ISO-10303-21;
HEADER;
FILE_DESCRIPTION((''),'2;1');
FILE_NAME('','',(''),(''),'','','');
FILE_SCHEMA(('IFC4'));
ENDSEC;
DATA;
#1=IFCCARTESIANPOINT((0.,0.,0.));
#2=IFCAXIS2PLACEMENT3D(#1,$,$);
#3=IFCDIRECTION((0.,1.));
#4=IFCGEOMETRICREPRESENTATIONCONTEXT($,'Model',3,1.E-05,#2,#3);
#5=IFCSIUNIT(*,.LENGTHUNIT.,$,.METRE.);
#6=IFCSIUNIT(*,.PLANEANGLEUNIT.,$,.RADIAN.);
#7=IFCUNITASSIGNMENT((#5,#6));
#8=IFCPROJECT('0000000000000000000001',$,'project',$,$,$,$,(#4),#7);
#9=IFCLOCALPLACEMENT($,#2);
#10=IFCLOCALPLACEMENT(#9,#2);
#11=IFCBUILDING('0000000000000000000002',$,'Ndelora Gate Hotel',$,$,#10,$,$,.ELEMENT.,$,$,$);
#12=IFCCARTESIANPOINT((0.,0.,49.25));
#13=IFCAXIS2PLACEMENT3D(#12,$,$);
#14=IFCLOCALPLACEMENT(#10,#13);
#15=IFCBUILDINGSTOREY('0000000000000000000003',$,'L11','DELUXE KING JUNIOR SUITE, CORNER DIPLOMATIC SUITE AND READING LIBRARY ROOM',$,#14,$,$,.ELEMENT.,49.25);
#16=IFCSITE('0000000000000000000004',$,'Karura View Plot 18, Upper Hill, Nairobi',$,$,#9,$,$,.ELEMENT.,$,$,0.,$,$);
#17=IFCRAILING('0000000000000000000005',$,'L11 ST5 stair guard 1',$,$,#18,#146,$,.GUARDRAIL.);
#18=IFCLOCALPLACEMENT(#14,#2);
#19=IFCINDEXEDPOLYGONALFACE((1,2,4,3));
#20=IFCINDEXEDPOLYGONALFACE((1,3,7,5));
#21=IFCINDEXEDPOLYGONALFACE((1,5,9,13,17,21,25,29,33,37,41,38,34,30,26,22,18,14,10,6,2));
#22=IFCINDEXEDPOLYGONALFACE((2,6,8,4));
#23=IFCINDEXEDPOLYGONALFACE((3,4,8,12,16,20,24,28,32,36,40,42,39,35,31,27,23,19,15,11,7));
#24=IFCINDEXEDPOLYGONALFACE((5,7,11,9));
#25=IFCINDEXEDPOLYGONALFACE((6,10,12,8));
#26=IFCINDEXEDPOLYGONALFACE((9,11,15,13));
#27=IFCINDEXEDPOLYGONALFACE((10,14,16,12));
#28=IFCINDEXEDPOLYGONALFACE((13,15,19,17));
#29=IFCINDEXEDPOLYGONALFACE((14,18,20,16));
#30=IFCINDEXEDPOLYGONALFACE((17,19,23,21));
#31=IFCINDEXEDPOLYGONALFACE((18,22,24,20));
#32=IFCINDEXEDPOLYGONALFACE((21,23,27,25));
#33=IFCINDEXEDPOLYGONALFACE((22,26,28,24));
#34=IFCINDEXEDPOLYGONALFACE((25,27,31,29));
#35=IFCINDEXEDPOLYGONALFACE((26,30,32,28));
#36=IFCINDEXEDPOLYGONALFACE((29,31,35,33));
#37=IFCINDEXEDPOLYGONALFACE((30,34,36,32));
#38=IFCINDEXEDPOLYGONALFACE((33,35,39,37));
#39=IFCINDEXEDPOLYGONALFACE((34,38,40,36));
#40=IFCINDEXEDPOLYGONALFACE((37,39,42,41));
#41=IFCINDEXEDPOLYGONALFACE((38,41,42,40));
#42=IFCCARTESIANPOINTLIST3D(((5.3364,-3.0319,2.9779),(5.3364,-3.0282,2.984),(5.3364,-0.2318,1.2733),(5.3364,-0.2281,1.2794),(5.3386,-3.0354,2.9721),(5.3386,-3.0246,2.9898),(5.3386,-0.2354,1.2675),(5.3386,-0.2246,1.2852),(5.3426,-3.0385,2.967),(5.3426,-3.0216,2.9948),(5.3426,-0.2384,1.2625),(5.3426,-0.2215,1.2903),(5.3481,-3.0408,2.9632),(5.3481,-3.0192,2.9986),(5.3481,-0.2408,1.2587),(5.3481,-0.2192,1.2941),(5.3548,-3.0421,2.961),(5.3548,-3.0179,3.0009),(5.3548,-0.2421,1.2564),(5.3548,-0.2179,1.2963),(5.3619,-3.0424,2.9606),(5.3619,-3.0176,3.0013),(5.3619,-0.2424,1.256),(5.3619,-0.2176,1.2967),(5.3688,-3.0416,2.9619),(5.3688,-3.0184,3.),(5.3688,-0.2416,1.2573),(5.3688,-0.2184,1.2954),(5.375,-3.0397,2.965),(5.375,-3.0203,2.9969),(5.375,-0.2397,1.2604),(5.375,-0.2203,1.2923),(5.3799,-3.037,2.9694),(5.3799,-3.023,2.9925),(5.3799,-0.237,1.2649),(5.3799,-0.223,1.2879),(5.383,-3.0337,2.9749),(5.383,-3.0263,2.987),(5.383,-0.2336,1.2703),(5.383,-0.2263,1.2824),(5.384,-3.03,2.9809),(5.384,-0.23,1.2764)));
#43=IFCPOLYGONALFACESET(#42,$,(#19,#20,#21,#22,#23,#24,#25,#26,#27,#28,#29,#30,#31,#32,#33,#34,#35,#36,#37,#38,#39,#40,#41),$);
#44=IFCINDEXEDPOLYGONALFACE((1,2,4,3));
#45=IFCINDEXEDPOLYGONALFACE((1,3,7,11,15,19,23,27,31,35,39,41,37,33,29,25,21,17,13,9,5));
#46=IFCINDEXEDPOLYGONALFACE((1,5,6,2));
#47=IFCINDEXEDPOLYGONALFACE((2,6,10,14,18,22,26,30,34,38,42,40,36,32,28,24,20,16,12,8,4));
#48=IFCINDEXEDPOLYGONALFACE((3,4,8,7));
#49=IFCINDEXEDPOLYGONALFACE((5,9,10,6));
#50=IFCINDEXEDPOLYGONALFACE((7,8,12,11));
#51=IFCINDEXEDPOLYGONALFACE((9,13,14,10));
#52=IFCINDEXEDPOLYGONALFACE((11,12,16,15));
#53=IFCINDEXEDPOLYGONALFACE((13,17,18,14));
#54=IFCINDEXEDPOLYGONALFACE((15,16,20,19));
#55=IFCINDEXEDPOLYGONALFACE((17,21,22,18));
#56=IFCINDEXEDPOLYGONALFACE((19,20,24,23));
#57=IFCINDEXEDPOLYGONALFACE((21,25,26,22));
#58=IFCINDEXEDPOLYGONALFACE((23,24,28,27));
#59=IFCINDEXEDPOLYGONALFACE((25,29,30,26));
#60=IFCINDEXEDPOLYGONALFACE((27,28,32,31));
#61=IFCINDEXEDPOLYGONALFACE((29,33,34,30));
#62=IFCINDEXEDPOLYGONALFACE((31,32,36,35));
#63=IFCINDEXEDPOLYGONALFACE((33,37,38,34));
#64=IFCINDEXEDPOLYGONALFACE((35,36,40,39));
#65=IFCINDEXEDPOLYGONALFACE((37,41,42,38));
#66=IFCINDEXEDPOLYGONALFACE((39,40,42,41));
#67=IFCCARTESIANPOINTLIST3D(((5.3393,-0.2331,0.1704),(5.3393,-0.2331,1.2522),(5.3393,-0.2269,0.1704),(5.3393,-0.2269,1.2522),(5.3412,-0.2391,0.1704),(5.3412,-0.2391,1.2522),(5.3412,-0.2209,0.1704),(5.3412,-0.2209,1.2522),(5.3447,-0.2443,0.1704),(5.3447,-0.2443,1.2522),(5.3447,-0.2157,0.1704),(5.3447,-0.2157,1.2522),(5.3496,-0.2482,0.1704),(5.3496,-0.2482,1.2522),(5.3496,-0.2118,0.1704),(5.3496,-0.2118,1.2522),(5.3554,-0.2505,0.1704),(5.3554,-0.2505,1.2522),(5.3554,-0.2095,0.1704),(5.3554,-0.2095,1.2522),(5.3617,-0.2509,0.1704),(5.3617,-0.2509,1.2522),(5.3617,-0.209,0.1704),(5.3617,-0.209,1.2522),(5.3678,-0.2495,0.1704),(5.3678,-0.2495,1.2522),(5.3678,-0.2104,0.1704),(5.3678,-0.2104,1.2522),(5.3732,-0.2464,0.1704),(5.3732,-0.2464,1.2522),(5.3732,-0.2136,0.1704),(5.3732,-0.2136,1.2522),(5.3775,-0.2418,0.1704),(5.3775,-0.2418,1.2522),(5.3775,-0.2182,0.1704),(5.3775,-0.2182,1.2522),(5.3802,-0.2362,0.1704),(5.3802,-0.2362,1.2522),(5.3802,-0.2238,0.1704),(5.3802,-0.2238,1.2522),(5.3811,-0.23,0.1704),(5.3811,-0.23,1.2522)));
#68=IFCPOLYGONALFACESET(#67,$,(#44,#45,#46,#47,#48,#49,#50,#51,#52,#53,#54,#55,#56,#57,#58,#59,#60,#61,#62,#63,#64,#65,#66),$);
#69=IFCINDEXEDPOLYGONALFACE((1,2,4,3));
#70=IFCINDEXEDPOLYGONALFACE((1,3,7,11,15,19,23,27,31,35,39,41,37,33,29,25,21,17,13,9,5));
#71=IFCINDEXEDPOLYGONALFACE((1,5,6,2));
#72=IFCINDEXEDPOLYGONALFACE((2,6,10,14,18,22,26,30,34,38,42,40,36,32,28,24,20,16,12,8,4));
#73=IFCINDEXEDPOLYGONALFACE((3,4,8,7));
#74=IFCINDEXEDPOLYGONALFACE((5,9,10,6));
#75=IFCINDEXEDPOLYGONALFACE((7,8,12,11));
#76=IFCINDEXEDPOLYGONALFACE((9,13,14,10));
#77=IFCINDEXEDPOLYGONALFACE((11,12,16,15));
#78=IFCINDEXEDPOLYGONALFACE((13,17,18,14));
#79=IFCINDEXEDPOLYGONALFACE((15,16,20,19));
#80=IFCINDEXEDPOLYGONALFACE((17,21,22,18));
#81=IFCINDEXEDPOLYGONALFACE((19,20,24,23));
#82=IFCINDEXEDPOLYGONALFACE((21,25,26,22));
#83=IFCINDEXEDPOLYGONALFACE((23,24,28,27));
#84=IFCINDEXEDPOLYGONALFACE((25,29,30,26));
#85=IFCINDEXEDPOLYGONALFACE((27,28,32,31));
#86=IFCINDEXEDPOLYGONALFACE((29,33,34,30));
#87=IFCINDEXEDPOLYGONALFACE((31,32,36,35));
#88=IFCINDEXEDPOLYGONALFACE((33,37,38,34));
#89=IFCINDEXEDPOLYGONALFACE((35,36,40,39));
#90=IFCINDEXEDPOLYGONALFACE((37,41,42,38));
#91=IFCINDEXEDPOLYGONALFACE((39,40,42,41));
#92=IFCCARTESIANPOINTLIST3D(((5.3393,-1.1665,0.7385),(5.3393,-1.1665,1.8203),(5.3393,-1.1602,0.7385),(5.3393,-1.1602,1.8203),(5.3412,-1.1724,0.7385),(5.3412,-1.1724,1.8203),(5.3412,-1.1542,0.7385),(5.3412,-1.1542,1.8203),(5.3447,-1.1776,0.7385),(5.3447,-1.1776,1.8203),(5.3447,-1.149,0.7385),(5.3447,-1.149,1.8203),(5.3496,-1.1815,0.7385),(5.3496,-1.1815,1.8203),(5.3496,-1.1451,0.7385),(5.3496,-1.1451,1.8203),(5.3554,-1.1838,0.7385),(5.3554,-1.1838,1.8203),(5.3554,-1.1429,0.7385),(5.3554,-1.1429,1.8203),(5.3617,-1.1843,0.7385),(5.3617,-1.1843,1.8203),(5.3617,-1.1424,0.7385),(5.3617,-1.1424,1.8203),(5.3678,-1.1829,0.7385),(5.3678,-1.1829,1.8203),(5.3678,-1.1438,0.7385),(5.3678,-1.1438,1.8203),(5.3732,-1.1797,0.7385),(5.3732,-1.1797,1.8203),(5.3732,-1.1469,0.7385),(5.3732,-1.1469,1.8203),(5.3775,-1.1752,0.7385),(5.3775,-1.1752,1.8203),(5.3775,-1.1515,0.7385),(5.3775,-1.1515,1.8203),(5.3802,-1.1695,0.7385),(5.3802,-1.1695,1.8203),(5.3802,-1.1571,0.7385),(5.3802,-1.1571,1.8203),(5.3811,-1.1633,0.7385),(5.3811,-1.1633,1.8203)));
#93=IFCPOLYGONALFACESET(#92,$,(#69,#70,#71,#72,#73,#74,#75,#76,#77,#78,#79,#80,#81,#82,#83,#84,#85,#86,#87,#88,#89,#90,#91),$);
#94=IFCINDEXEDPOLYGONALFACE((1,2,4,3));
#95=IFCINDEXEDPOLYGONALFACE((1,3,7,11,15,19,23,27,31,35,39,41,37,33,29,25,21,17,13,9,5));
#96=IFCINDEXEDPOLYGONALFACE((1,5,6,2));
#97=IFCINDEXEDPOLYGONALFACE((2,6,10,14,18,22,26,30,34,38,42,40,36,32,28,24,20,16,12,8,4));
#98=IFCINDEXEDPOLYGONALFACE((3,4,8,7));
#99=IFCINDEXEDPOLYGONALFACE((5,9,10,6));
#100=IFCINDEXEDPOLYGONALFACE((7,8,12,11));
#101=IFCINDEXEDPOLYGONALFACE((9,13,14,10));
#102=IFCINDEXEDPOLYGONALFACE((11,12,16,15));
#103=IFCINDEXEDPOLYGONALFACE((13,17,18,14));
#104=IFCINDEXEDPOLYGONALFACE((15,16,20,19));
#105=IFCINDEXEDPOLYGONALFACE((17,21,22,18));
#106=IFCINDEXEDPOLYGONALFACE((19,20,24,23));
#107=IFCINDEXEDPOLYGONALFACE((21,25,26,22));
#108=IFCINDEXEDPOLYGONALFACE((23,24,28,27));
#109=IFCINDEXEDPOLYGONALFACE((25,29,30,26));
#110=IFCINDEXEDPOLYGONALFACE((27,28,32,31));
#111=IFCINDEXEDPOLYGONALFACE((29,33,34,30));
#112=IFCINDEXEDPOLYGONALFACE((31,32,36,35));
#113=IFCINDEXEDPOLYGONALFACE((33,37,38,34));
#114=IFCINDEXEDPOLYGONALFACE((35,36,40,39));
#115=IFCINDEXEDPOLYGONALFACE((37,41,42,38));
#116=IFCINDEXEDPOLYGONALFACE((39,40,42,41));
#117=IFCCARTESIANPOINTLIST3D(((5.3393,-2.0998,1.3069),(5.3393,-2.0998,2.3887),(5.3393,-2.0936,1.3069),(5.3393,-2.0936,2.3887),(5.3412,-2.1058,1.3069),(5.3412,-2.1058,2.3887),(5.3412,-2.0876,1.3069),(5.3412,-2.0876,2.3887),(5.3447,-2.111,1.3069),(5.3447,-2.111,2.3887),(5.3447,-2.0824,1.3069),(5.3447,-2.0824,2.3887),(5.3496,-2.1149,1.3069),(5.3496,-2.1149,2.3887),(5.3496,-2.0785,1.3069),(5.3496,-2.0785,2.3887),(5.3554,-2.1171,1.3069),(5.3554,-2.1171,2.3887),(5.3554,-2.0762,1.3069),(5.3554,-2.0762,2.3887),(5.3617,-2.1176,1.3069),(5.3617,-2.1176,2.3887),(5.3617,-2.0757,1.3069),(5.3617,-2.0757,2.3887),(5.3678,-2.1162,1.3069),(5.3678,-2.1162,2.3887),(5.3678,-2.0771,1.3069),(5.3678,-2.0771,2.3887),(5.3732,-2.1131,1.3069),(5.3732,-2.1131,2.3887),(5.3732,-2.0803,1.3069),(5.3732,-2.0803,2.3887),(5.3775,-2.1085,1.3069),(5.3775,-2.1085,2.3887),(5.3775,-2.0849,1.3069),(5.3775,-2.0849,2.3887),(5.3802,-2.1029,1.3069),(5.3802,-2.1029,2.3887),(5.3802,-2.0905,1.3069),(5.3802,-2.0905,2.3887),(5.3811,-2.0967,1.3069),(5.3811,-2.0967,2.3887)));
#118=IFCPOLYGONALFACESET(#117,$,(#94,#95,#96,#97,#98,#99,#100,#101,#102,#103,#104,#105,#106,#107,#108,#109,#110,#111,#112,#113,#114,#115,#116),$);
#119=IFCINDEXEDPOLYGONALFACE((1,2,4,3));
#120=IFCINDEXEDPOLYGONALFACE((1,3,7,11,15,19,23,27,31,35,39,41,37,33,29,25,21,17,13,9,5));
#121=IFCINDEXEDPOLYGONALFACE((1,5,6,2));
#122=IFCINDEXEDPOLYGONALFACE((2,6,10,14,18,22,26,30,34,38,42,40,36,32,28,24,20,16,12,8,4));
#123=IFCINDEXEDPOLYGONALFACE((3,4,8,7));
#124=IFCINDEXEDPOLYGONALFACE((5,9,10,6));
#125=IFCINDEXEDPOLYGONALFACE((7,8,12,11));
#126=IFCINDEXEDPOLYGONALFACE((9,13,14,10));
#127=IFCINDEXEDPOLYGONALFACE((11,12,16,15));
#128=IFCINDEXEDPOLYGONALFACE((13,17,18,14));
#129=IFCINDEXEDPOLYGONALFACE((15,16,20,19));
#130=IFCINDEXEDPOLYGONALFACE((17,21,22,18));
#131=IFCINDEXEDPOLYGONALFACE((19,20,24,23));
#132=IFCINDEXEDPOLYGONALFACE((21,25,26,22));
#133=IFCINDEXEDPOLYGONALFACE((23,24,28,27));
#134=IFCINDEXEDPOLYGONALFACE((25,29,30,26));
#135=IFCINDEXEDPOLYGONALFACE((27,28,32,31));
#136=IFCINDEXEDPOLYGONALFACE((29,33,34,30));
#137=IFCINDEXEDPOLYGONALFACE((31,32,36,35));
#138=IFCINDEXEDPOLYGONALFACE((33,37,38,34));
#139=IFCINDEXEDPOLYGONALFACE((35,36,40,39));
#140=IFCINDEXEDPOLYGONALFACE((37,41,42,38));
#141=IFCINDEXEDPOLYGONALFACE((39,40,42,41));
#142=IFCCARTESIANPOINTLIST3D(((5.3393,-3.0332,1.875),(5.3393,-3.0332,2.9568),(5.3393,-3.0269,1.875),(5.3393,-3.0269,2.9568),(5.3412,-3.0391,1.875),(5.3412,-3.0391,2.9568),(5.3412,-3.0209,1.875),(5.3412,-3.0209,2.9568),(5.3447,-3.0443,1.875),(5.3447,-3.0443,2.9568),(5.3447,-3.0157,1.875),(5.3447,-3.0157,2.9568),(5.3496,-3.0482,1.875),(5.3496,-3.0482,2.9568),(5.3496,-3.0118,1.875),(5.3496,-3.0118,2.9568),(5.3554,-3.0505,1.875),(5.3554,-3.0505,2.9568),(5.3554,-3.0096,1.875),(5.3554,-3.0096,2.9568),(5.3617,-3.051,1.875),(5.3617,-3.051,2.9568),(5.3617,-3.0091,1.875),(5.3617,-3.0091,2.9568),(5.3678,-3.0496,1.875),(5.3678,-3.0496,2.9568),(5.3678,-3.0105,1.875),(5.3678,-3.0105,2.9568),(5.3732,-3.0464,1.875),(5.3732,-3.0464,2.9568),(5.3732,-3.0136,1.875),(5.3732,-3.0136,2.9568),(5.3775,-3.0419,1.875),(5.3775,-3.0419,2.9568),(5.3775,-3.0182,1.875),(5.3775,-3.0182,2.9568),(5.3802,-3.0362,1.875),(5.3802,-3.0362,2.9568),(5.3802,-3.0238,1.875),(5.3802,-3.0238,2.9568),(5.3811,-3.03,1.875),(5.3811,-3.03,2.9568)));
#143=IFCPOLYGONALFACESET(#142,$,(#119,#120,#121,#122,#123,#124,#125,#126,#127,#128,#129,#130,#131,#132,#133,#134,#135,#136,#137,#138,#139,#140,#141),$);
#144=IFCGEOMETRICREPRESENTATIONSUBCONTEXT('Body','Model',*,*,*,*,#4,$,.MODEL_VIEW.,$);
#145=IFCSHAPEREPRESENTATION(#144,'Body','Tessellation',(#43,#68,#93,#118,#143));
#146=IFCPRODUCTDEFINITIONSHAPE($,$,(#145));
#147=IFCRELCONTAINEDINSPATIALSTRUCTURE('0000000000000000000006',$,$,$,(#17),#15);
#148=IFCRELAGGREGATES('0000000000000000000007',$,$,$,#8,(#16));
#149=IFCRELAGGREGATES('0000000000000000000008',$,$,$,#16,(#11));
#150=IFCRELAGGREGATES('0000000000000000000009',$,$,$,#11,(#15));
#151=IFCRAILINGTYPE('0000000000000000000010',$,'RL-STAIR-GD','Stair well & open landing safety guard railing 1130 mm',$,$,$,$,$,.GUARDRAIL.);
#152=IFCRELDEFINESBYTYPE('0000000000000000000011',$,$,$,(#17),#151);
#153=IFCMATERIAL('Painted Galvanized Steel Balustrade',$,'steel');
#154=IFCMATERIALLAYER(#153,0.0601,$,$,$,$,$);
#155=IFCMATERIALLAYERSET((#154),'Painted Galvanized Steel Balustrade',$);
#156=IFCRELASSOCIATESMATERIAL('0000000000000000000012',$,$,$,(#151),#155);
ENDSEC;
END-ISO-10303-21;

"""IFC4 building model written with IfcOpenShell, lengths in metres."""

from ifc_helpers import new_model, si_unit, direction, frame, origin, origin_2d, place, context, subcontext, project, spatial, circle, extrude, material, layer, layer_set, type_object, element, save


model = new_model("IFC4")

# Units and contexts
model_context = context("Model", 3, precision=1e-05, world=origin(), true_north=direction((0.0, 1.0)))
body_context = subcontext(model_context, "Body", "Model", "MODEL_VIEW")
ifc_project = project(units=[si_unit("LENGTHUNIT", "METRE"), si_unit("PLANEANGLEUNIT", "RADIAN")], contexts=[model_context])

# Site, building, storey
site_placement = place(None, origin())
site = spatial("IfcSite", under=ifc_project, at=site_placement, Name="Karura View Plot 18, Upper Hill, Nairobi", CompositionType="ELEMENT", RefElevation=0.0)
building_placement = place(site_placement, origin())
building = spatial("IfcBuilding", under=site, at=building_placement, Name="Ndelora Gate Hotel", CompositionType="ELEMENT")
storey_placement = place(building_placement, frame((0.0, 0.0, 49.25)))
storey = spatial("IfcBuildingStorey", under=building, at=storey_placement, Name="L11", Description="DELUXE KING JUNIOR SUITE, CORNER DIPLOMATIC SUITE AND READING LIBRARY ROOM", CompositionType="ELEMENT", Elevation=49.25)

# Railing
ifc_material_1 = material(Name="Painted Galvanized Steel Balustrade", Category="steel")
ifc_layer_1 = layer(ifc_material_1, 0.0601)
ifc_layer_set_1 = layer_set([ifc_layer_1], Name="Painted Galvanized Steel Balustrade")
railing_type_1 = type_object("IfcRailingType", Name="RL-STAIR-GD", Description="Stair well & open landing safety guard railing 1130 mm", PredefinedType="GUARDRAIL", material=ifc_layer_set_1)
railing_1_placement = place(storey_placement, frame((5.3601, -0.23, 0.1704)))
element("IfcRailing", 1, at=railing_1_placement, inside=storey, type_object=railing_type_1, Name="L11 ST5 stair guard 1", PredefinedType="GUARDRAIL", context=body_context, shape_type="SweptSolid", body=[
    extrude(circle(Radius=0.0239, at=origin_2d()), frame((0.0, 0.0, 1.106), z_axis=(0.0, -0.85417, 0.519994), x_axis=(1.0, 0.0, 0.0)), (0.0, 0.0, 1.0), 3.2781),
    extrude(circle(Radius=0.021, at=origin_2d()), origin(), (0.0, 0.0, 1.0), 1.0818),
    extrude(circle(Radius=0.021, at=origin_2d()), frame((0.0, -0.9333, 0.5681)), (0.0, 0.0, 1.0), 1.0818),
    extrude(circle(Radius=0.021, at=origin_2d()), frame((0.0, -1.8667, 1.1365)), (0.0, 0.0, 1.0), 1.0818),
    extrude(circle(Radius=0.021, at=origin_2d()), frame((0.0, -2.8, 1.7046)), (0.0, 0.0, 1.0), 1.0818),
])

save(model, "model.ifc")
